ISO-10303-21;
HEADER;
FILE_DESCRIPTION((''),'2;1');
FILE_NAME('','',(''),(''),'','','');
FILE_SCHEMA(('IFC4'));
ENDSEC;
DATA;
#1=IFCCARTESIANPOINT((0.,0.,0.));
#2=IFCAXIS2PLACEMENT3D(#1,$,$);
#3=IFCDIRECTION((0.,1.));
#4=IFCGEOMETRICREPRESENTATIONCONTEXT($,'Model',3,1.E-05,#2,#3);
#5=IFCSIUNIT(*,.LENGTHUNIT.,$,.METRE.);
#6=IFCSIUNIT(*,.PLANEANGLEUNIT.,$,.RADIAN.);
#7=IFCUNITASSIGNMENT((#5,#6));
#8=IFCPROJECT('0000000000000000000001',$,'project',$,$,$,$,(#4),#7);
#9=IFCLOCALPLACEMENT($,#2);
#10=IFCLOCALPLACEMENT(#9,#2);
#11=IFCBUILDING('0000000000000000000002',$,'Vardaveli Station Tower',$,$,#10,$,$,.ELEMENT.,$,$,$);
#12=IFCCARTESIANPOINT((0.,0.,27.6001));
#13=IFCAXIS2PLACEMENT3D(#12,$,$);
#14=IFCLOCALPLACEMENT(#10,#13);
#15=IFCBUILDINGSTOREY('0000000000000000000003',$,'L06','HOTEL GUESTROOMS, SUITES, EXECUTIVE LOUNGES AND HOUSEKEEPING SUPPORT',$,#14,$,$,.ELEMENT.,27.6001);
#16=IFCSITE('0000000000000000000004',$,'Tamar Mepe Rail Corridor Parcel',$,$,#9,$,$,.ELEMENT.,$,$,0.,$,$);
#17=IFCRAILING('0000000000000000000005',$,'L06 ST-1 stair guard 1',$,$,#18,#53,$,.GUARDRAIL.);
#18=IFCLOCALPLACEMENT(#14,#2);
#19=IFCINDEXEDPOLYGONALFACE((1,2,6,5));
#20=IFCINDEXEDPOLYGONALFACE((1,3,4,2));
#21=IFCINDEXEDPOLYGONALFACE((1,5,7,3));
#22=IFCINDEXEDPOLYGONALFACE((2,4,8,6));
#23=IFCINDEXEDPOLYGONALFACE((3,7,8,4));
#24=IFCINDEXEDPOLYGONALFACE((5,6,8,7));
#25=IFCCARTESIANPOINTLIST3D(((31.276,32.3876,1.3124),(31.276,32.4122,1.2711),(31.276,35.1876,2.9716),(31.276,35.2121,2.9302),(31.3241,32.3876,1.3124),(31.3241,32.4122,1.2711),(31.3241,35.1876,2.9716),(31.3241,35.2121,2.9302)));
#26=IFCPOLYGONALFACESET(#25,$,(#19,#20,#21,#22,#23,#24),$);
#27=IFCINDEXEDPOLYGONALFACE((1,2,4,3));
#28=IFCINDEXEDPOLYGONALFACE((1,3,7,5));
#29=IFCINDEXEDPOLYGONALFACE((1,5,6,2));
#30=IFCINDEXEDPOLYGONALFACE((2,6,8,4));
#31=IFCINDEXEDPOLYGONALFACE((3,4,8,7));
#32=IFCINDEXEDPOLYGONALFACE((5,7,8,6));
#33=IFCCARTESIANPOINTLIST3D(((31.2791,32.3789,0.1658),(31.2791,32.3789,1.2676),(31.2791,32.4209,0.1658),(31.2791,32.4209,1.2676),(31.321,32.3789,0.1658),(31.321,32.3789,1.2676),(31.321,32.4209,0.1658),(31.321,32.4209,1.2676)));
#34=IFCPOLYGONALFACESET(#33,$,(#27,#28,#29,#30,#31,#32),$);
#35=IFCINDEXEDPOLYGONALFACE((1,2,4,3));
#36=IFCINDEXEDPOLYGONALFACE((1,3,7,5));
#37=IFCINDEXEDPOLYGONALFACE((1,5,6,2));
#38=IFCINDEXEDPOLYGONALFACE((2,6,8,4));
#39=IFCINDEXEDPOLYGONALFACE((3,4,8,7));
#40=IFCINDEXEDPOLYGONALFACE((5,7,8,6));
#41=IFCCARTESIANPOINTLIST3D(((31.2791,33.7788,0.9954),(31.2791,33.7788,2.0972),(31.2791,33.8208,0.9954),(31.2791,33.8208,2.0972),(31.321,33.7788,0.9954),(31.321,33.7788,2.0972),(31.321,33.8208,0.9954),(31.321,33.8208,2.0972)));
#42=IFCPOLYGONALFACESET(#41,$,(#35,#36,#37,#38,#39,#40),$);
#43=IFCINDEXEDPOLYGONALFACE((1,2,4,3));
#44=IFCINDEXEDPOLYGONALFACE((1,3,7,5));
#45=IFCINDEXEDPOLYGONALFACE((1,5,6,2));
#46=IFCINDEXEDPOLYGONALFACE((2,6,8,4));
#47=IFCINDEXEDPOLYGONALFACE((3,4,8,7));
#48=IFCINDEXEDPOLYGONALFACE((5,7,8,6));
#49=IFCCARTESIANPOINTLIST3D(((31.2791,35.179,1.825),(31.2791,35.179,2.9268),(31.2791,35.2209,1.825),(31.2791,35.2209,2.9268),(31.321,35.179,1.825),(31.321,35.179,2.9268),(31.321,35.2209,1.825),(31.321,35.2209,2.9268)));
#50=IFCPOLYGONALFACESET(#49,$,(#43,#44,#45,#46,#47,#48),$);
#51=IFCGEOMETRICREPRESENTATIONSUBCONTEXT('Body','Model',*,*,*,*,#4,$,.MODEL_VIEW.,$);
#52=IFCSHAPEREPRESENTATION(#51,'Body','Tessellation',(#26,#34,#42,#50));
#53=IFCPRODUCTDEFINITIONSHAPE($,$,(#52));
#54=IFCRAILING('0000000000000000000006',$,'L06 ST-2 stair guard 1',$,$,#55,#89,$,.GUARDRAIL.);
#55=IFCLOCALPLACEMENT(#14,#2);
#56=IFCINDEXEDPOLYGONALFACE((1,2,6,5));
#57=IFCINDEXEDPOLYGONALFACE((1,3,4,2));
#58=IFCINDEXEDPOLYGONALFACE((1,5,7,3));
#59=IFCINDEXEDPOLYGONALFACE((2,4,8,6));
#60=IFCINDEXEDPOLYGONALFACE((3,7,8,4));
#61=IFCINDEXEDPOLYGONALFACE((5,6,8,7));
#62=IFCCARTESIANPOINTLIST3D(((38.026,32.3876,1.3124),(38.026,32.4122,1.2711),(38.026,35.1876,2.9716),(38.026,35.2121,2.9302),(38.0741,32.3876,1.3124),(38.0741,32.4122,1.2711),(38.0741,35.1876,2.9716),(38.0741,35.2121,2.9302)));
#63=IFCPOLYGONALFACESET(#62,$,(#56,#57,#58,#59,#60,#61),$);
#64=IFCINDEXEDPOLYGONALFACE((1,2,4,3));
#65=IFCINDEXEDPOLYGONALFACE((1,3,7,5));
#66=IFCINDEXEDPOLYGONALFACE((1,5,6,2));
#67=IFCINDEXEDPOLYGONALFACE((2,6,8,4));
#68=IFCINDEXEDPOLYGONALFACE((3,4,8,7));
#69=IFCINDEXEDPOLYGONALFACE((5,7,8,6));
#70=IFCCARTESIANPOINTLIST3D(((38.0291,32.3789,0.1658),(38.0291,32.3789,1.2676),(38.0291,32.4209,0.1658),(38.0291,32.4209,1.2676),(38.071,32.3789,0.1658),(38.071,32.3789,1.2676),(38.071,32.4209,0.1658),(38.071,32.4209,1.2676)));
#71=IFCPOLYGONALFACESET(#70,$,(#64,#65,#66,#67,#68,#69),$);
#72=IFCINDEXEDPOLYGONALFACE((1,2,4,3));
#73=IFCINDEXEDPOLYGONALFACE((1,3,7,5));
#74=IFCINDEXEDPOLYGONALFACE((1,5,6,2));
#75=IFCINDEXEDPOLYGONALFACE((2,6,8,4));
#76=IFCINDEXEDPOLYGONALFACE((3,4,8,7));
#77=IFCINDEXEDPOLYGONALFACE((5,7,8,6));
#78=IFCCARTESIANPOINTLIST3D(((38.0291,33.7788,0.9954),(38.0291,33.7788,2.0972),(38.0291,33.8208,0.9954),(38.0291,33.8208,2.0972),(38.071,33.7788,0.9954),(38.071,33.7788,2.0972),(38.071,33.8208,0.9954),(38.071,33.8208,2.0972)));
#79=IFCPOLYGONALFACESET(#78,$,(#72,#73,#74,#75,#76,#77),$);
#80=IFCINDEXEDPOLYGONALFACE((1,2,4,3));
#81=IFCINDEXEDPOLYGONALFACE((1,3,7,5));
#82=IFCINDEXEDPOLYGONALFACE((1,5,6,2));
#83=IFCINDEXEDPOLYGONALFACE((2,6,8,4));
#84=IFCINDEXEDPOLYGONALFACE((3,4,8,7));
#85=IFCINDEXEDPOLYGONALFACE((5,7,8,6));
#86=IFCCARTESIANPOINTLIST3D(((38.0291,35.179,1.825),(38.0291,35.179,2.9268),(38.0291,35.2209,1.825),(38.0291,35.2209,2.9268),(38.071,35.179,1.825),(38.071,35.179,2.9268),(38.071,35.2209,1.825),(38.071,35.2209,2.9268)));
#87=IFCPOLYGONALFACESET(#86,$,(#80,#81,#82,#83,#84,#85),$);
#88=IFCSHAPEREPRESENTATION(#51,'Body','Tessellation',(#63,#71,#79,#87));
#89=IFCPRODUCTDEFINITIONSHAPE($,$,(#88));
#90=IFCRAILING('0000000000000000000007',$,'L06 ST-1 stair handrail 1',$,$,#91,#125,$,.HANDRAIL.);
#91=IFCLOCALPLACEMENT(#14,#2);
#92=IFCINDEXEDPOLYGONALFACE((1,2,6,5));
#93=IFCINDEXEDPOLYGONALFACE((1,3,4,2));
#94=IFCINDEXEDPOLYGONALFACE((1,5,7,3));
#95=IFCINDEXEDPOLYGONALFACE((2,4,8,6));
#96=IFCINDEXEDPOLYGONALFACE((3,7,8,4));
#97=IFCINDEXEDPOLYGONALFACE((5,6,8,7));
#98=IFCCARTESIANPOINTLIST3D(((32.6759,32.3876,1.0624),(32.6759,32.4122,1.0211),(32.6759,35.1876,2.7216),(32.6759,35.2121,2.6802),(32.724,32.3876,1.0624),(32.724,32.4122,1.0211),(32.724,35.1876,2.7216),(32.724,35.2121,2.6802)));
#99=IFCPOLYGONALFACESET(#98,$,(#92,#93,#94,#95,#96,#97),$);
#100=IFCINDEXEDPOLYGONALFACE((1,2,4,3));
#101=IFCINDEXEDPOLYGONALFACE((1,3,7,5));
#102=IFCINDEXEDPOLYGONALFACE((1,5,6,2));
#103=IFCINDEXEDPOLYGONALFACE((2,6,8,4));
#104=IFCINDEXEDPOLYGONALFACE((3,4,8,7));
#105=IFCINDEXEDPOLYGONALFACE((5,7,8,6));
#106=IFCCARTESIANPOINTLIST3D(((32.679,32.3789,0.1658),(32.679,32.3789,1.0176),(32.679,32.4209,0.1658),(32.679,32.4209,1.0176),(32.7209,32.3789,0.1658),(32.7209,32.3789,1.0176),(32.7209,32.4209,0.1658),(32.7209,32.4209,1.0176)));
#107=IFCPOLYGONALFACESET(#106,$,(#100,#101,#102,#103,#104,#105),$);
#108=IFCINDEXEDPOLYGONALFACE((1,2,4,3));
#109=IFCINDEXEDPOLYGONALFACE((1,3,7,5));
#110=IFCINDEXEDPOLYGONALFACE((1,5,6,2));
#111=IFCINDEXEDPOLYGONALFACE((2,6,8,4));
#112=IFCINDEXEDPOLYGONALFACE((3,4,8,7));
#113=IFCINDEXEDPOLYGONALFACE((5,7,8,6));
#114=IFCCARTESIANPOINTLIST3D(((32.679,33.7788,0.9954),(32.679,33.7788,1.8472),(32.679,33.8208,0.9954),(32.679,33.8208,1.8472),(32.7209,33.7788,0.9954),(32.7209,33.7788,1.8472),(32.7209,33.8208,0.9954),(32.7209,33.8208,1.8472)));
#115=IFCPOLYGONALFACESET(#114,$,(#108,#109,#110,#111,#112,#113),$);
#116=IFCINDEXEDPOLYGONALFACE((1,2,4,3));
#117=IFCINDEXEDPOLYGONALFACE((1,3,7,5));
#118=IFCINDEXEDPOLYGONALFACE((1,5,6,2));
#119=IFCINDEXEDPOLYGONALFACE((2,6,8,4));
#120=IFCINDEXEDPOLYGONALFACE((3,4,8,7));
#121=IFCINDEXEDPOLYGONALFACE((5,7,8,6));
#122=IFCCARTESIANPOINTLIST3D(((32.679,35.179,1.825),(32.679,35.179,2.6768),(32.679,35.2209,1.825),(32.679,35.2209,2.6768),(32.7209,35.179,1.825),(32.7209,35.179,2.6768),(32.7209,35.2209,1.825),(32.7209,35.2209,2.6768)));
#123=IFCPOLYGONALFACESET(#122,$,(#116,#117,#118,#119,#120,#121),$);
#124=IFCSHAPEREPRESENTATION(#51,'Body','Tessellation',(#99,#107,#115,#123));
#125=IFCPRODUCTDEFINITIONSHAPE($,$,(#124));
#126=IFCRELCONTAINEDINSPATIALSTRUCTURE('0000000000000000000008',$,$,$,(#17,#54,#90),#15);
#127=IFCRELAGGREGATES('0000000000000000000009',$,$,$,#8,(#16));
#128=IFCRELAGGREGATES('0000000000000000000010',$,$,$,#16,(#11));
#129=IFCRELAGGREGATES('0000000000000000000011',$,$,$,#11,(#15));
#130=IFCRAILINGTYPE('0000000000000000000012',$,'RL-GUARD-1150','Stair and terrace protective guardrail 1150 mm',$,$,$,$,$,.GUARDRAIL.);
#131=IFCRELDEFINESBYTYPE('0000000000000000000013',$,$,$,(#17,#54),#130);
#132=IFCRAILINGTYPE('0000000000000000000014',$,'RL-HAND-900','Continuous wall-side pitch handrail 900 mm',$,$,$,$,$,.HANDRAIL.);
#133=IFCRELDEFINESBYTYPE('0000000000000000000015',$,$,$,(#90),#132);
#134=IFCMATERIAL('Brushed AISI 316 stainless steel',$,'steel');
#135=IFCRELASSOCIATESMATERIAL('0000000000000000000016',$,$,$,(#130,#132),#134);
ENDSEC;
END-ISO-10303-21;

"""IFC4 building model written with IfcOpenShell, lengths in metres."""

from ifc_helpers import new_model, si_unit, direction, frame, origin, origin_2d, place, context, subcontext, project, spatial, rectangle, extrude, source, transform, mapped, material, type_object, element, save


model = new_model("IFC4")

# Units and contexts
model_context = context("Model", 3, precision=1e-05, world=origin(), true_north=direction((0.0, 1.0)))
body_context = subcontext(model_context, "Body", "Model", "MODEL_VIEW")
ifc_project = project(units=[si_unit("LENGTHUNIT", "METRE"), si_unit("PLANEANGLEUNIT", "RADIAN")], contexts=[model_context])

# Site, building, storey
site_placement = place(None, origin())
site = spatial("IfcSite", under=ifc_project, at=site_placement, Name="Tamar Mepe Rail Corridor Parcel", CompositionType="ELEMENT", RefElevation=0.0)
building_placement = place(site_placement, origin())
building = spatial("IfcBuilding", under=site, at=building_placement, Name="Vardaveli Station Tower", CompositionType="ELEMENT")
storey_placement = place(building_placement, frame((0.0, 0.0, 27.6001)))
storey = spatial("IfcBuildingStorey", under=building, at=storey_placement, Name="L06", Description="HOTEL GUESTROOMS, SUITES, EXECUTIVE LOUNGES AND HOUSEKEEPING SUPPORT", CompositionType="ELEMENT", Elevation=27.6001)

# Railings
ifc_material_1 = material(Name="Brushed AISI 316 stainless steel", Category="steel")
railing_type_1 = type_object("IfcRailingType", Name="RL-GUARD-1150", Description="Stair and terrace protective guardrail 1150 mm", PredefinedType="GUARDRAIL", material=ifc_material_1)
shared_shape_1 = source(origin(), body_context, "Body", "SweptSolid", [
    extrude(rectangle(XDim=0.0481, YDim=0.0481, at=origin_2d()), frame((0.0, 0.0, 1.126), z_axis=(0.0, 0.860306, 0.509778), x_axis=(-1.0, 0.0, 0.0)), (0.0, 0.0, 1.0), 3.2546),
    extrude(rectangle(XDim=0.042, YDim=0.042, at=origin_2d()), origin(), (0.0, 0.0, 1.0), 1.1018),
    extrude(rectangle(XDim=0.042, YDim=0.042, at=origin_2d()), frame((0.0, 1.3999, 0.8296)), (0.0, 0.0, 1.0), 1.1018),
    extrude(rectangle(XDim=0.042, YDim=0.042, at=origin_2d()), frame((0.0, 2.8, 1.6592)), (0.0, 0.0, 1.0), 1.1018),
])
for number, where, name in (
    (1, (31.3, 32.3999, 0.1658), "L06 ST-1 stair guard 1"),
    (2, (38.05, 32.3999, 0.1658), "L06 ST-2 stair guard 1"),
):
    element("IfcRailing", number, at=place(storey_placement, frame(where)), inside=storey, type_object=railing_type_1, Name=name, PredefinedType="GUARDRAIL", context=body_context, shape_type="MappedRepresentation", body=[
        mapped(shared_shape_1, transform((0.0, 0.0, 0.0), scale=1.0)),
    ])
railing_type_2 = type_object("IfcRailingType", Name="RL-HAND-900", Description="Continuous wall-side pitch handrail 900 mm", PredefinedType="HANDRAIL", material=ifc_material_1)
shared_shape_2 = source(origin(), body_context, "Body", "SweptSolid", [
    extrude(rectangle(XDim=0.0481, YDim=0.0481, at=origin_2d()), frame((0.0, 0.0, 0.876), z_axis=(0.0, 0.860306, 0.509778), x_axis=(-1.0, 0.0, 0.0)), (0.0, 0.0, 1.0), 3.2546),
    extrude(rectangle(XDim=0.042, YDim=0.042, at=origin_2d()), origin(), (0.0, 0.0, 1.0), 0.8518),
    extrude(rectangle(XDim=0.042, YDim=0.042, at=origin_2d()), frame((0.0, 1.3999, 0.8296)), (0.0, 0.0, 1.0), 0.8518),
    extrude(rectangle(XDim=0.042, YDim=0.042, at=origin_2d()), frame((0.0, 2.8, 1.6592)), (0.0, 0.0, 1.0), 0.8518),
])
railing_placement = place(storey_placement, frame((32.7, 32.3999, 0.1658)))
element("IfcRailing", 3, at=railing_placement, inside=storey, type_object=railing_type_2, Name="L06 ST-1 stair handrail 1", PredefinedType="HANDRAIL", context=body_context, shape_type="MappedRepresentation", body=[
    mapped(shared_shape_2, transform((0.0, 0.0, 0.0), scale=1.0)),
])

save(model, "model.ifc")
